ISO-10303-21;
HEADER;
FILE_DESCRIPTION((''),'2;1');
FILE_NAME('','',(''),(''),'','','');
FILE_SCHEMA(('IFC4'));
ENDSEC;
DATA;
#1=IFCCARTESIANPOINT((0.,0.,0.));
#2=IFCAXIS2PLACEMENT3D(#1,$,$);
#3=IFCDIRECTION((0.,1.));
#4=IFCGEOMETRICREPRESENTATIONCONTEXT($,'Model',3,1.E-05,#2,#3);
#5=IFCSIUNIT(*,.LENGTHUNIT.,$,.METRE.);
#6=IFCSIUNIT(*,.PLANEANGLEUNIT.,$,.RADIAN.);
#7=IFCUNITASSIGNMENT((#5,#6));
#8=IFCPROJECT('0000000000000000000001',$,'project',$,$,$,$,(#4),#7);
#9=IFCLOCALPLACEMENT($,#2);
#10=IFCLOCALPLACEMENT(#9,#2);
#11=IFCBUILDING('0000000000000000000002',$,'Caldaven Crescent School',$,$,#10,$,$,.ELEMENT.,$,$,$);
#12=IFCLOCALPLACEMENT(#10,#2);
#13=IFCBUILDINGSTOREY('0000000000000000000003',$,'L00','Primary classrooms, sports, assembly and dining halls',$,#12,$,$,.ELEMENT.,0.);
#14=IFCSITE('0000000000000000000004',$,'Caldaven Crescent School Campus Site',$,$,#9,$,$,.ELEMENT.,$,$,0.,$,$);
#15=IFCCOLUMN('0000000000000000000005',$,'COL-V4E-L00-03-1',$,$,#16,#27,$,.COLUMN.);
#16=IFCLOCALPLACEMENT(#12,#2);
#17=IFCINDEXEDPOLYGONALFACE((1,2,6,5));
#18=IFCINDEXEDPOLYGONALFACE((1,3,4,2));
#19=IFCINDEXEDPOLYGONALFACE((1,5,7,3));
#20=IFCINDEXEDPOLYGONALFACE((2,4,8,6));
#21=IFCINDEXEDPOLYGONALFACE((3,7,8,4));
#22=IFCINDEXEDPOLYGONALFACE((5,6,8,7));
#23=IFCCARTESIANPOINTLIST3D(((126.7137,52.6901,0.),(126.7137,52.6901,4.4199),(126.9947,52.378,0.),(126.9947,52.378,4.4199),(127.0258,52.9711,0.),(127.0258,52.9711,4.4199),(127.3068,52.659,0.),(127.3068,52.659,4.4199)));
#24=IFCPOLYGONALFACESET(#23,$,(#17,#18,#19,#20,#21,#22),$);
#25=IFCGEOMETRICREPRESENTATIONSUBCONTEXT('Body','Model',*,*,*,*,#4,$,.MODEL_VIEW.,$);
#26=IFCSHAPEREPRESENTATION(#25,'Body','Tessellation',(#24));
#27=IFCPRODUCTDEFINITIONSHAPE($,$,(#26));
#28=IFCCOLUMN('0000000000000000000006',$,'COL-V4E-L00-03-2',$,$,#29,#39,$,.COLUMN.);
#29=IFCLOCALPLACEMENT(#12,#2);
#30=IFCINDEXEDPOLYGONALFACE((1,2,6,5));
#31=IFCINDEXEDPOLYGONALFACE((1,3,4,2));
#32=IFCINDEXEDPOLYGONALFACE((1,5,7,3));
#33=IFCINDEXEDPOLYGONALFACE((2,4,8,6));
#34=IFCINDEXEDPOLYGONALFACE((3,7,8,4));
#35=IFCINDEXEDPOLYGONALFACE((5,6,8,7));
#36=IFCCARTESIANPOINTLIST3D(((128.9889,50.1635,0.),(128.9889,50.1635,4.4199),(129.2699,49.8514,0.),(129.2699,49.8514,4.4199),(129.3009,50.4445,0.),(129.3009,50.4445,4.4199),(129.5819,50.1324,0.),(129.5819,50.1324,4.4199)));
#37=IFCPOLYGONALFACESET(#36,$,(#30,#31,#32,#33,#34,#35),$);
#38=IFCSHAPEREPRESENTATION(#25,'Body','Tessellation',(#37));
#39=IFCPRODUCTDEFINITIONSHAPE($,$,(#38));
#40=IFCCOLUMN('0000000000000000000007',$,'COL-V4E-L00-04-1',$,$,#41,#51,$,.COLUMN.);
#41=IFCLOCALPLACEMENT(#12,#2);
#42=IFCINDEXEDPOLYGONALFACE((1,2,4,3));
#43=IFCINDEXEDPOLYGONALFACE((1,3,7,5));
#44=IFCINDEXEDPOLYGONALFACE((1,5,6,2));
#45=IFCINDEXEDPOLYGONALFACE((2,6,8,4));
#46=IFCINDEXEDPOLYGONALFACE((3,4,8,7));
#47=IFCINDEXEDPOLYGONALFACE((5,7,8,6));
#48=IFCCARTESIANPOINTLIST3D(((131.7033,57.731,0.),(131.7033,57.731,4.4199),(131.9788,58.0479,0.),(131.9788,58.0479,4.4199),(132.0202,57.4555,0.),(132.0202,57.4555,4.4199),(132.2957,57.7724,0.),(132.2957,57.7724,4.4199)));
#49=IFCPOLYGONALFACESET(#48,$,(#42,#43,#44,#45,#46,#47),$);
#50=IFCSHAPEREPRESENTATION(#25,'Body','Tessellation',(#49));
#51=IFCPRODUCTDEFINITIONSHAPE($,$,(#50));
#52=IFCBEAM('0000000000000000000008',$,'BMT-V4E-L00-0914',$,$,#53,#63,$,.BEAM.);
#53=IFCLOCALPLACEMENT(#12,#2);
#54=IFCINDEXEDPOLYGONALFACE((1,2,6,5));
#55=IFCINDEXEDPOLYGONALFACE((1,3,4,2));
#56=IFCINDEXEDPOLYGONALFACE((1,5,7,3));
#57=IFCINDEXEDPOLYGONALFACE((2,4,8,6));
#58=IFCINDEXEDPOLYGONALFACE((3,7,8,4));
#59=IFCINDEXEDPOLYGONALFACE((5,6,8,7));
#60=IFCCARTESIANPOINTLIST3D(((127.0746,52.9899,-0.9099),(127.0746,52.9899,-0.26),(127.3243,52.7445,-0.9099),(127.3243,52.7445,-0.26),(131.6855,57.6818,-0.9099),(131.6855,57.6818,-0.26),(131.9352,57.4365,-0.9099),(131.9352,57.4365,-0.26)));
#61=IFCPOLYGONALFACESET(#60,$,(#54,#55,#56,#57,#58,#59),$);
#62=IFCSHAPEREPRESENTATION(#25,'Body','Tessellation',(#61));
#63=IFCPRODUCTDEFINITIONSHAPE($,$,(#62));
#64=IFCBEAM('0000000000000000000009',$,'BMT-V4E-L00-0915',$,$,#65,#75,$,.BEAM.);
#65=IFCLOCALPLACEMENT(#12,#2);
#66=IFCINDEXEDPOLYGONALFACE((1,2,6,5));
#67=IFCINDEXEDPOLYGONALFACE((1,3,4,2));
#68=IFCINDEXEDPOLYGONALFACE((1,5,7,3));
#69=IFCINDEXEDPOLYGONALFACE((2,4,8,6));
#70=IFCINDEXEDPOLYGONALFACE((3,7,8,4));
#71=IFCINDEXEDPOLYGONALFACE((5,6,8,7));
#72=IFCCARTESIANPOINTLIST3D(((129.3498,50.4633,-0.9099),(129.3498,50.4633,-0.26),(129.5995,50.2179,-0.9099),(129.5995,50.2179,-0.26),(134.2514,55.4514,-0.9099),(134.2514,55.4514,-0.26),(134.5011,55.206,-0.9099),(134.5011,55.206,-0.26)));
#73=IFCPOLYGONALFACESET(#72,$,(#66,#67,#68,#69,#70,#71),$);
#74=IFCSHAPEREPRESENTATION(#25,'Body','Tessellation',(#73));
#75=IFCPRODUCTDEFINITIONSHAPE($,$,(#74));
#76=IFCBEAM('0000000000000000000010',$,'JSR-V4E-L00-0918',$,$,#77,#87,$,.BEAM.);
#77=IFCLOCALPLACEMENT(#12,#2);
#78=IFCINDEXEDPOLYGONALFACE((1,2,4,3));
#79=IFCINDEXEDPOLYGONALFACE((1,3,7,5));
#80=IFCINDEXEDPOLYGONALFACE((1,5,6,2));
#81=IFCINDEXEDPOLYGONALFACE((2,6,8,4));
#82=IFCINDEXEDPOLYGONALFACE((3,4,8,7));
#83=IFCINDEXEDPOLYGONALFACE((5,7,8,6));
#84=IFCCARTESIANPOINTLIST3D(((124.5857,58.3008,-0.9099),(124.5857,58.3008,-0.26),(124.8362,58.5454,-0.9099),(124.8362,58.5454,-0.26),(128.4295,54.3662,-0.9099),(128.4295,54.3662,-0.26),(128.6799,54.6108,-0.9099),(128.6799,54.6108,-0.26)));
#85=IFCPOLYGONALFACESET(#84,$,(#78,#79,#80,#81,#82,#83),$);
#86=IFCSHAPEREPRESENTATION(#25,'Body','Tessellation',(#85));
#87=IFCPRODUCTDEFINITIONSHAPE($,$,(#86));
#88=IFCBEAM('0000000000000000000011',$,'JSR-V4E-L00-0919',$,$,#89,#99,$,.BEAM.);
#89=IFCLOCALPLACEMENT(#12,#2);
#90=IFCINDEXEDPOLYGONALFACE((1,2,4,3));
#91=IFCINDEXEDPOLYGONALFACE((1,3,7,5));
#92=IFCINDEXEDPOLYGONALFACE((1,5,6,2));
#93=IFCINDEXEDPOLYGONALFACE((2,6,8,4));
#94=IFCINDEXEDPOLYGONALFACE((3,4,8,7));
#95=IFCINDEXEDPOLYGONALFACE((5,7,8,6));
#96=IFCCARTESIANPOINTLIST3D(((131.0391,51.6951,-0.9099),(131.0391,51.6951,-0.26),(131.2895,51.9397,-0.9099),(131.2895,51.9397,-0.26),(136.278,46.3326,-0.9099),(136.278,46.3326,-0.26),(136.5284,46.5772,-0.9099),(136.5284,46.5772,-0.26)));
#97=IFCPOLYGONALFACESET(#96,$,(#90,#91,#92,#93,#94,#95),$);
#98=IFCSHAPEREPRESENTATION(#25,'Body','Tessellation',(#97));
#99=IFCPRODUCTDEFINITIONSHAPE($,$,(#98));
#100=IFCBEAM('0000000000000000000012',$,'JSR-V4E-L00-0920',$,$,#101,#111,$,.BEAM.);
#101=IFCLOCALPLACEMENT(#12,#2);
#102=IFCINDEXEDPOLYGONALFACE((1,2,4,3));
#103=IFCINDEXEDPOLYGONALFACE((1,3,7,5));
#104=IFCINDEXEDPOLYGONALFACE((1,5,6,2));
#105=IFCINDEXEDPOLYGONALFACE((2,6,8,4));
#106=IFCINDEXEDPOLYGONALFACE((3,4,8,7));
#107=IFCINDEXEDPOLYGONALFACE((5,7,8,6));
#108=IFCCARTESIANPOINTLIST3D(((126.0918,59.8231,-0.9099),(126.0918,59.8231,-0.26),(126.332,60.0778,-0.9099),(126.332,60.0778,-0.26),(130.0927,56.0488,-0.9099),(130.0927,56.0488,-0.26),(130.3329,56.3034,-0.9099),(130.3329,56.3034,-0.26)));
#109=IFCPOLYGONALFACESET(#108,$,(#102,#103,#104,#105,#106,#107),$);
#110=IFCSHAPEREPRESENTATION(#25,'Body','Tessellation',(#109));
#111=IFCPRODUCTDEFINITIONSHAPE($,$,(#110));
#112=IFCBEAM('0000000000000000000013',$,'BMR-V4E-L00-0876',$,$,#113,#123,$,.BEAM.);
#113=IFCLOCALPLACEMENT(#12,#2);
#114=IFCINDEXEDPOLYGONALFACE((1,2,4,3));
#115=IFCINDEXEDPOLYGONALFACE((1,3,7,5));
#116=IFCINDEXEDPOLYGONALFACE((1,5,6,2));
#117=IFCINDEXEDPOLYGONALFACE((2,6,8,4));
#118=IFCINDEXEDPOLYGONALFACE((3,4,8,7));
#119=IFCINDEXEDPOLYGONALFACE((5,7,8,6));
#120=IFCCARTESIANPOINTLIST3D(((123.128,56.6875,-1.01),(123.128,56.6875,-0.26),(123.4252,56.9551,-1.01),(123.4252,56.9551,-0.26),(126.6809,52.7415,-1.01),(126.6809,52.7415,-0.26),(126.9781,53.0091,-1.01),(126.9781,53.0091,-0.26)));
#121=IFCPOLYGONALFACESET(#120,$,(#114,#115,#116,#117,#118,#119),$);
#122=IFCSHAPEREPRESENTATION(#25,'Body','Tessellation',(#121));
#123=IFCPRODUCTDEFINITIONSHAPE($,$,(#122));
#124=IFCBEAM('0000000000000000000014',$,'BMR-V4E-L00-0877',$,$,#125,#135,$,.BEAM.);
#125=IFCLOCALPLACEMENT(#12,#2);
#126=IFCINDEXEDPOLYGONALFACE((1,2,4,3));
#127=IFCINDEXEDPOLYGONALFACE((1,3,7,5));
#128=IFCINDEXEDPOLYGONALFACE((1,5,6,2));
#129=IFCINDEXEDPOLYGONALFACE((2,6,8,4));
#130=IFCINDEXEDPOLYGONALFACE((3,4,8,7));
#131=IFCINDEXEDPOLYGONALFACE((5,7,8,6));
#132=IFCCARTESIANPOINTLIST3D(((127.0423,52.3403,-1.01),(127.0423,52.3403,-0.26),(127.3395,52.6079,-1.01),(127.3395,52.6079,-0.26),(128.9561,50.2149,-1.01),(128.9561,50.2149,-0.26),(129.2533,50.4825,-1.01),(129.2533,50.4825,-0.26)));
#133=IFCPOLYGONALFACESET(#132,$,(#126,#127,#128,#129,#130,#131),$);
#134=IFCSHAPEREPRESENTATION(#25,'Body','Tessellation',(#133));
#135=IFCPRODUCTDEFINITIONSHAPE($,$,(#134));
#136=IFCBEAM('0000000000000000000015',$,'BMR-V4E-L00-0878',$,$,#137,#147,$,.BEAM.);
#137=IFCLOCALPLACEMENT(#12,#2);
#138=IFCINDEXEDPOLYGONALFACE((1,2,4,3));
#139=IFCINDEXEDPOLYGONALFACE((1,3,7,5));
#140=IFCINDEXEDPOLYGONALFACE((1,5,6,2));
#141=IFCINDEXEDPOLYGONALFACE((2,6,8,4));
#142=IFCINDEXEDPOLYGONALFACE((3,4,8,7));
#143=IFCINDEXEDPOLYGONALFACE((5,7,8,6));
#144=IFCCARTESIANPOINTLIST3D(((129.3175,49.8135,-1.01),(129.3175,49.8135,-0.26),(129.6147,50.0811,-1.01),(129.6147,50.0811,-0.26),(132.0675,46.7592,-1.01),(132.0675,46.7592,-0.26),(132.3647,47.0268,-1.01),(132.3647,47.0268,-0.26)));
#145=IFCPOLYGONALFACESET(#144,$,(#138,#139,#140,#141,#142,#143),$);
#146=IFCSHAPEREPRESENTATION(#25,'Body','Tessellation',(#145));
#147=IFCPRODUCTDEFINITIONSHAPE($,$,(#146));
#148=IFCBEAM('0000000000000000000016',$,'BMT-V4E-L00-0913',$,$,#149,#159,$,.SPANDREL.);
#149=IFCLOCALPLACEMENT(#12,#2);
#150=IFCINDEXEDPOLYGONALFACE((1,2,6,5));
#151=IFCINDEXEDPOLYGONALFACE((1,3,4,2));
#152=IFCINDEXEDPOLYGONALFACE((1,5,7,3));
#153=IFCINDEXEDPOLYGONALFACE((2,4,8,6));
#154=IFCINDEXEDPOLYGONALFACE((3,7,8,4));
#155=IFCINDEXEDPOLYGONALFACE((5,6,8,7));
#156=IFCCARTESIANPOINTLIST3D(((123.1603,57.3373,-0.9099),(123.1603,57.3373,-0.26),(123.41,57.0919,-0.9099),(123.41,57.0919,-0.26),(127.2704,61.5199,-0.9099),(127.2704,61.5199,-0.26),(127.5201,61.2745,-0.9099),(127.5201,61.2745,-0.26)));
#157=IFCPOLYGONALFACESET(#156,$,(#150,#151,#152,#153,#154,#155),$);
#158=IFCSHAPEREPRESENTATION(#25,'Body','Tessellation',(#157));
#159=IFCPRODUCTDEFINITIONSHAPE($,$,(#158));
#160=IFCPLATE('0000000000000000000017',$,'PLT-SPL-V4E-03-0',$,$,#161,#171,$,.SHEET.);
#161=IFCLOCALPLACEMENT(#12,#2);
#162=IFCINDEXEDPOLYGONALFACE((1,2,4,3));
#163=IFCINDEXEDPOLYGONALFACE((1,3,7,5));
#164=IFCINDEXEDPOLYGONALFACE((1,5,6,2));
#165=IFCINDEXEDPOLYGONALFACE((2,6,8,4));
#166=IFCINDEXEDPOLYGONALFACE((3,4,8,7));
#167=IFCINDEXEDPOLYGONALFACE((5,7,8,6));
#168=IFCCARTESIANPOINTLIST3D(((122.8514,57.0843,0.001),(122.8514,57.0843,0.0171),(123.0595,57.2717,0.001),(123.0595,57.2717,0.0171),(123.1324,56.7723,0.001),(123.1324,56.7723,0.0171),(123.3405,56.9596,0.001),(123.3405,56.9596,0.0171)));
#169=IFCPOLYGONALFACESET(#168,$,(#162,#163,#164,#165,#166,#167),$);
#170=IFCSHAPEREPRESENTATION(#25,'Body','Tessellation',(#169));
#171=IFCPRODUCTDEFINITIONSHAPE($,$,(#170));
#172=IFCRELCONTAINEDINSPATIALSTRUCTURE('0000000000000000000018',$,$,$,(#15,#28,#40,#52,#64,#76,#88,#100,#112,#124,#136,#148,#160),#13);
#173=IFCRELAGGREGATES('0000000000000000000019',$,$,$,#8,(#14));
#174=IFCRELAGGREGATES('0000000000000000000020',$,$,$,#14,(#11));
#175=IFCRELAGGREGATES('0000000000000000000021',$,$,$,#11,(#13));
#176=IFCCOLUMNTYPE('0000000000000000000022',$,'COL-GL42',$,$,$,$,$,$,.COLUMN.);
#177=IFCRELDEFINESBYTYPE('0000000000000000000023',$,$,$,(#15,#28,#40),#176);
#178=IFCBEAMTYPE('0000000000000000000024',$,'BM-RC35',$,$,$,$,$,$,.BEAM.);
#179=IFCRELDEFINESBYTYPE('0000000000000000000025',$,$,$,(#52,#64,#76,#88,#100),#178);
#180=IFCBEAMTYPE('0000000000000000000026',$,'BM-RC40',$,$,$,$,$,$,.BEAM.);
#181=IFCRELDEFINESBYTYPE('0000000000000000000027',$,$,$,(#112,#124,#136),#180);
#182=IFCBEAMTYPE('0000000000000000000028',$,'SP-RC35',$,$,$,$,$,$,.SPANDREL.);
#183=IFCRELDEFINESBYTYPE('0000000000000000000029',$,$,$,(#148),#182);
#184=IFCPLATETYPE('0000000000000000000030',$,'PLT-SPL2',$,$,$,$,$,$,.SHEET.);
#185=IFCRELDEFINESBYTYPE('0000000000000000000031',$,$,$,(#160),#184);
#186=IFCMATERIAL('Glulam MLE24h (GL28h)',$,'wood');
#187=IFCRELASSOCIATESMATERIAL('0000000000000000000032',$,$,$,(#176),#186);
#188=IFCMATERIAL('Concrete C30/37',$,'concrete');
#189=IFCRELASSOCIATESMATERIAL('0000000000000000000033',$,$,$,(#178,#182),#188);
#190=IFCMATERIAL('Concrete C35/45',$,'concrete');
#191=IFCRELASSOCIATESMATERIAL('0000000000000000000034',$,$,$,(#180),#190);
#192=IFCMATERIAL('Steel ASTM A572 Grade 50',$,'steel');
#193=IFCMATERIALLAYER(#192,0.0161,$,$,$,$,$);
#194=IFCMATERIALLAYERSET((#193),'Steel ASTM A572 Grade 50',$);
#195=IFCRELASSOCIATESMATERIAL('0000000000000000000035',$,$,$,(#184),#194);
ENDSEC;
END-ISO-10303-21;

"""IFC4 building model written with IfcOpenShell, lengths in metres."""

from ifc_helpers import new_model, si_unit, direction, frame, origin, origin_2d, place, context, subcontext, project, spatial, rectangle, extrude, material, layer, layer_set, material_profile, profile_set, type_object, element, save


model = new_model("IFC4")

# Units and contexts
model_context = context("Model", 3, precision=1e-05, world=origin(), true_north=direction((0.0, 1.0)))
body_context = subcontext(model_context, "Body", "Model", "MODEL_VIEW")
ifc_project = project(units=[si_unit("LENGTHUNIT", "METRE"), si_unit("PLANEANGLEUNIT", "RADIAN")], contexts=[model_context])

# Site, building, storey
site_placement = place(None, origin())
site = spatial("IfcSite", under=ifc_project, at=site_placement, Name="Caldaven Crescent School Campus Site", CompositionType="ELEMENT", RefElevation=0.0)
building_placement = place(site_placement, origin())
building = spatial("IfcBuilding", under=site, at=building_placement, Name="Caldaven Crescent School", CompositionType="ELEMENT")
storey_placement = place(building_placement, origin())
storey = spatial("IfcBuildingStorey", under=building, at=storey_placement, Name="L00", Description="Primary classrooms, sports, assembly and dining halls", CompositionType="ELEMENT", Elevation=0.0)

# Columns
ifc_material_1 = material(Name="Glulam MLE24h (GL28h)", Category="wood")
ifc_material_profile_1 = material_profile(ifc_material_1, rectangle(XDim=0.4199, YDim=0.4199, at=origin_2d()), Name="MLE 420x420")
ifc_profile_set_1 = profile_set([ifc_material_profile_1], Name="Glulam MLE24h (GL28h)")
column_type = type_object("IfcColumnType", Name="COL-GL42", PredefinedType="COLUMN", material=ifc_profile_set_1)
for number, where, z_axis, x_axis, name in (
    (1, (127.0103, 52.6746, 0.0), (0.0, 0.0, 1.0), (0.669131, -0.743145, 0.0), "COL-V4E-L00-03-1"),
    (2, (129.2854, 50.1479, 0.0), (0.0, 0.0, 1.0), (0.669131, -0.743145, 0.0), "COL-V4E-L00-03-2"),
    (3, (131.9995, 57.7517, 0.0), (0.0, 0.0, 1.0), (0.75471, -0.656059, 0.0), "COL-V4E-L00-04-1"),
):
    element("IfcColumn", number, at=place(storey_placement, frame(where, z_axis=z_axis, x_axis=x_axis)), inside=storey, type_object=column_type, Name=name, PredefinedType="COLUMN", context=body_context, shape_type="SweptSolid", body=[
        extrude(rectangle(XDim=0.4199, YDim=0.4199, at=origin_2d()), origin(), (0.0, 0.0, 1.0), 4.4199),
    ])

# Beams
ifc_material_2 = material(Name="Concrete C30/37", Category="concrete")
ifc_material_profile_2 = material_profile(ifc_material_2, rectangle(XDim=0.3501, YDim=0.6499, at=origin_2d()), Name="RC 350x650")
ifc_profile_set_2 = profile_set([ifc_material_profile_2], Name="Concrete C30/37")
beam_type_1 = type_object("IfcBeamType", Name="BM-RC35", PredefinedType="BEAM", material=ifc_profile_set_2)
beam_1_placement = place(storey_placement, frame((127.1995, 52.8672, -0.585), z_axis=(0.700919, 0.713241, 0.0), x_axis=(-0.713241, 0.700919, 0.0)))
element("IfcBeam", 4, at=beam_1_placement, inside=storey, type_object=beam_type_1, Name="BMT-V4E-L00-0914", PredefinedType="BEAM", context=body_context, shape_type="SweptSolid", body=[
    extrude(rectangle(XDim=0.3501, YDim=0.6499, at=origin_2d()), origin(), (0.0, 0.0, 1.0), 6.5784),
])
beam_2_placement = place(storey_placement, frame((129.4746, 50.3406, -0.585), z_axis=(0.700901, 0.713259, 0.0), x_axis=(-0.713259, 0.700901, 0.0)))
element("IfcBeam", 5, at=beam_2_placement, inside=storey, type_object=beam_type_1, Name="BMT-V4E-L00-0915", PredefinedType="BEAM", context=body_context, shape_type="SweptSolid", body=[
    extrude(rectangle(XDim=0.3501, YDim=0.6499, at=origin_2d()), origin(), (0.0, 0.0, 1.0), 6.9934),
])
beam_3_placement = place(storey_placement, frame((124.7109, 58.4231, -0.585), z_axis=(0.698803, -0.715314, 0.0), x_axis=(0.715314, 0.698803, 0.0)))
element("IfcBeam", 6, at=beam_3_placement, inside=storey, type_object=beam_type_1, Name="JSR-V4E-L00-0918", PredefinedType="BEAM", context=body_context, shape_type="SweptSolid", body=[
    extrude(rectangle(XDim=0.3501, YDim=0.6499, at=origin_2d()), origin(), (0.0, 0.0, 1.0), 5.5005),
])
beam_4_placement = place(storey_placement, frame((131.1643, 51.8174, -0.585), z_axis=(0.69882, -0.715298, 0.0), x_axis=(0.715298, 0.69882, 0.0)))
element("IfcBeam", 7, at=beam_4_placement, inside=storey, type_object=beam_type_1, Name="JSR-V4E-L00-0919", PredefinedType="BEAM", context=body_context, shape_type="SweptSolid", body=[
    extrude(rectangle(XDim=0.3501, YDim=0.6499, at=origin_2d()), origin(), (0.0, 0.0, 1.0), 7.4968),
])
beam_5_placement = place(storey_placement, frame((126.2119, 59.9504, -0.585), z_axis=(0.727402, -0.686212, 0.0), x_axis=(0.686212, 0.727402, 0.0)))
element("IfcBeam", 8, at=beam_5_placement, inside=storey, type_object=beam_type_1, Name="JSR-V4E-L00-0920", PredefinedType="BEAM", context=body_context, shape_type="SweptSolid", body=[
    extrude(rectangle(XDim=0.3501, YDim=0.6499, at=origin_2d()), origin(), (0.0, 0.0, 1.0), 5.5002),
])
ifc_material_3 = material(Name="Concrete C35/45", Category="concrete")
ifc_material_profile_3 = material_profile(ifc_material_3, rectangle(XDim=0.3999, YDim=0.75, at=origin_2d()), Name="RC 400x750")
ifc_profile_set_3 = profile_set([ifc_material_profile_3], Name="Concrete C35/45")
beam_type_2 = type_object("IfcBeamType", Name="BM-RC40", PredefinedType="BEAM", material=ifc_profile_set_3)
beam_6_placement = place(storey_placement, frame((123.2766, 56.8213, -0.635), z_axis=(0.669125, -0.74315, 0.0), x_axis=(0.74315, 0.669125, 0.0)))
element("IfcBeam", 9, at=beam_6_placement, inside=storey, type_object=beam_type_2, Name="BMR-V4E-L00-0876", PredefinedType="BEAM", context=body_context, shape_type="SweptSolid", body=[
    extrude(rectangle(XDim=0.3999, YDim=0.75, at=origin_2d()), origin(), (0.0, 0.0, 1.0), 5.3098),
])
beam_7_placement = place(storey_placement, frame((127.1909, 52.4741, -0.635), z_axis=(0.669134, -0.743141, 0.0), x_axis=(0.743141, 0.669134, 0.0)))
element("IfcBeam", 10, at=beam_7_placement, inside=storey, type_object=beam_type_2, Name="BMR-V4E-L00-0877", PredefinedType="BEAM", context=body_context, shape_type="SweptSolid", body=[
    extrude(rectangle(XDim=0.3999, YDim=0.75, at=origin_2d()), origin(), (0.0, 0.0, 1.0), 2.8601),
])
beam_8_placement = place(storey_placement, frame((129.4661, 49.9473, -0.635), z_axis=(0.669129, -0.743146, 0.0), x_axis=(0.743146, 0.669129, 0.0)))
element("IfcBeam", 11, at=beam_8_placement, inside=storey, type_object=beam_type_2, Name="BMR-V4E-L00-0878", PredefinedType="BEAM", context=body_context, shape_type="SweptSolid", body=[
    extrude(rectangle(XDim=0.3999, YDim=0.75, at=origin_2d()), origin(), (0.0, 0.0, 1.0), 4.1099),
])
ifc_material_profile_4 = material_profile(ifc_material_2, rectangle(XDim=0.3501, YDim=0.6499, at=origin_2d()), Name="RC 350x650")
ifc_profile_set_4 = profile_set([ifc_material_profile_4], Name="Concrete C30/37")
beam_type_3 = type_object("IfcBeamType", Name="SP-RC35", PredefinedType="SPANDREL", material=ifc_profile_set_4)
beam_9_placement = place(storey_placement, frame((123.2852, 57.2146, -0.585), z_axis=(0.700897, 0.713262, 0.0), x_axis=(-0.713262, 0.700897, 0.0)))
element("IfcBeam", 12, at=beam_9_placement, inside=storey, type_object=beam_type_3, Name="BMT-V4E-L00-0913", PredefinedType="SPANDREL", context=body_context, shape_type="SweptSolid", body=[
    extrude(rectangle(XDim=0.3501, YDim=0.6499, at=origin_2d()), origin(), (0.0, 0.0, 1.0), 5.864),
])

# Plate
ifc_material_4 = material(Name="Steel ASTM A572 Grade 50", Category="steel")
ifc_layer_1 = layer(ifc_material_4, 0.0161)
ifc_layer_set_1 = layer_set([ifc_layer_1], Name="Steel ASTM A572 Grade 50")
plate_type = type_object("IfcPlateType", Name="PLT-SPL2", PredefinedType="SHEET", material=ifc_layer_set_1)
plate_placement = place(storey_placement, frame((123.0959, 57.022, 0.001), z_axis=(0.0, 0.0, 1.0), x_axis=(0.669131, -0.743145, 0.0)))
element("IfcPlate", 13, at=plate_placement, inside=storey, type_object=plate_type, Name="PLT-SPL-V4E-03-0", PredefinedType="SHEET", context=body_context, shape_type="SweptSolid", body=[
    extrude(rectangle(XDim=0.4199, YDim=0.28, at=origin_2d()), origin(), (0.0, 0.0, 1.0), 0.0161),
])

save(model, "model.ifc")
